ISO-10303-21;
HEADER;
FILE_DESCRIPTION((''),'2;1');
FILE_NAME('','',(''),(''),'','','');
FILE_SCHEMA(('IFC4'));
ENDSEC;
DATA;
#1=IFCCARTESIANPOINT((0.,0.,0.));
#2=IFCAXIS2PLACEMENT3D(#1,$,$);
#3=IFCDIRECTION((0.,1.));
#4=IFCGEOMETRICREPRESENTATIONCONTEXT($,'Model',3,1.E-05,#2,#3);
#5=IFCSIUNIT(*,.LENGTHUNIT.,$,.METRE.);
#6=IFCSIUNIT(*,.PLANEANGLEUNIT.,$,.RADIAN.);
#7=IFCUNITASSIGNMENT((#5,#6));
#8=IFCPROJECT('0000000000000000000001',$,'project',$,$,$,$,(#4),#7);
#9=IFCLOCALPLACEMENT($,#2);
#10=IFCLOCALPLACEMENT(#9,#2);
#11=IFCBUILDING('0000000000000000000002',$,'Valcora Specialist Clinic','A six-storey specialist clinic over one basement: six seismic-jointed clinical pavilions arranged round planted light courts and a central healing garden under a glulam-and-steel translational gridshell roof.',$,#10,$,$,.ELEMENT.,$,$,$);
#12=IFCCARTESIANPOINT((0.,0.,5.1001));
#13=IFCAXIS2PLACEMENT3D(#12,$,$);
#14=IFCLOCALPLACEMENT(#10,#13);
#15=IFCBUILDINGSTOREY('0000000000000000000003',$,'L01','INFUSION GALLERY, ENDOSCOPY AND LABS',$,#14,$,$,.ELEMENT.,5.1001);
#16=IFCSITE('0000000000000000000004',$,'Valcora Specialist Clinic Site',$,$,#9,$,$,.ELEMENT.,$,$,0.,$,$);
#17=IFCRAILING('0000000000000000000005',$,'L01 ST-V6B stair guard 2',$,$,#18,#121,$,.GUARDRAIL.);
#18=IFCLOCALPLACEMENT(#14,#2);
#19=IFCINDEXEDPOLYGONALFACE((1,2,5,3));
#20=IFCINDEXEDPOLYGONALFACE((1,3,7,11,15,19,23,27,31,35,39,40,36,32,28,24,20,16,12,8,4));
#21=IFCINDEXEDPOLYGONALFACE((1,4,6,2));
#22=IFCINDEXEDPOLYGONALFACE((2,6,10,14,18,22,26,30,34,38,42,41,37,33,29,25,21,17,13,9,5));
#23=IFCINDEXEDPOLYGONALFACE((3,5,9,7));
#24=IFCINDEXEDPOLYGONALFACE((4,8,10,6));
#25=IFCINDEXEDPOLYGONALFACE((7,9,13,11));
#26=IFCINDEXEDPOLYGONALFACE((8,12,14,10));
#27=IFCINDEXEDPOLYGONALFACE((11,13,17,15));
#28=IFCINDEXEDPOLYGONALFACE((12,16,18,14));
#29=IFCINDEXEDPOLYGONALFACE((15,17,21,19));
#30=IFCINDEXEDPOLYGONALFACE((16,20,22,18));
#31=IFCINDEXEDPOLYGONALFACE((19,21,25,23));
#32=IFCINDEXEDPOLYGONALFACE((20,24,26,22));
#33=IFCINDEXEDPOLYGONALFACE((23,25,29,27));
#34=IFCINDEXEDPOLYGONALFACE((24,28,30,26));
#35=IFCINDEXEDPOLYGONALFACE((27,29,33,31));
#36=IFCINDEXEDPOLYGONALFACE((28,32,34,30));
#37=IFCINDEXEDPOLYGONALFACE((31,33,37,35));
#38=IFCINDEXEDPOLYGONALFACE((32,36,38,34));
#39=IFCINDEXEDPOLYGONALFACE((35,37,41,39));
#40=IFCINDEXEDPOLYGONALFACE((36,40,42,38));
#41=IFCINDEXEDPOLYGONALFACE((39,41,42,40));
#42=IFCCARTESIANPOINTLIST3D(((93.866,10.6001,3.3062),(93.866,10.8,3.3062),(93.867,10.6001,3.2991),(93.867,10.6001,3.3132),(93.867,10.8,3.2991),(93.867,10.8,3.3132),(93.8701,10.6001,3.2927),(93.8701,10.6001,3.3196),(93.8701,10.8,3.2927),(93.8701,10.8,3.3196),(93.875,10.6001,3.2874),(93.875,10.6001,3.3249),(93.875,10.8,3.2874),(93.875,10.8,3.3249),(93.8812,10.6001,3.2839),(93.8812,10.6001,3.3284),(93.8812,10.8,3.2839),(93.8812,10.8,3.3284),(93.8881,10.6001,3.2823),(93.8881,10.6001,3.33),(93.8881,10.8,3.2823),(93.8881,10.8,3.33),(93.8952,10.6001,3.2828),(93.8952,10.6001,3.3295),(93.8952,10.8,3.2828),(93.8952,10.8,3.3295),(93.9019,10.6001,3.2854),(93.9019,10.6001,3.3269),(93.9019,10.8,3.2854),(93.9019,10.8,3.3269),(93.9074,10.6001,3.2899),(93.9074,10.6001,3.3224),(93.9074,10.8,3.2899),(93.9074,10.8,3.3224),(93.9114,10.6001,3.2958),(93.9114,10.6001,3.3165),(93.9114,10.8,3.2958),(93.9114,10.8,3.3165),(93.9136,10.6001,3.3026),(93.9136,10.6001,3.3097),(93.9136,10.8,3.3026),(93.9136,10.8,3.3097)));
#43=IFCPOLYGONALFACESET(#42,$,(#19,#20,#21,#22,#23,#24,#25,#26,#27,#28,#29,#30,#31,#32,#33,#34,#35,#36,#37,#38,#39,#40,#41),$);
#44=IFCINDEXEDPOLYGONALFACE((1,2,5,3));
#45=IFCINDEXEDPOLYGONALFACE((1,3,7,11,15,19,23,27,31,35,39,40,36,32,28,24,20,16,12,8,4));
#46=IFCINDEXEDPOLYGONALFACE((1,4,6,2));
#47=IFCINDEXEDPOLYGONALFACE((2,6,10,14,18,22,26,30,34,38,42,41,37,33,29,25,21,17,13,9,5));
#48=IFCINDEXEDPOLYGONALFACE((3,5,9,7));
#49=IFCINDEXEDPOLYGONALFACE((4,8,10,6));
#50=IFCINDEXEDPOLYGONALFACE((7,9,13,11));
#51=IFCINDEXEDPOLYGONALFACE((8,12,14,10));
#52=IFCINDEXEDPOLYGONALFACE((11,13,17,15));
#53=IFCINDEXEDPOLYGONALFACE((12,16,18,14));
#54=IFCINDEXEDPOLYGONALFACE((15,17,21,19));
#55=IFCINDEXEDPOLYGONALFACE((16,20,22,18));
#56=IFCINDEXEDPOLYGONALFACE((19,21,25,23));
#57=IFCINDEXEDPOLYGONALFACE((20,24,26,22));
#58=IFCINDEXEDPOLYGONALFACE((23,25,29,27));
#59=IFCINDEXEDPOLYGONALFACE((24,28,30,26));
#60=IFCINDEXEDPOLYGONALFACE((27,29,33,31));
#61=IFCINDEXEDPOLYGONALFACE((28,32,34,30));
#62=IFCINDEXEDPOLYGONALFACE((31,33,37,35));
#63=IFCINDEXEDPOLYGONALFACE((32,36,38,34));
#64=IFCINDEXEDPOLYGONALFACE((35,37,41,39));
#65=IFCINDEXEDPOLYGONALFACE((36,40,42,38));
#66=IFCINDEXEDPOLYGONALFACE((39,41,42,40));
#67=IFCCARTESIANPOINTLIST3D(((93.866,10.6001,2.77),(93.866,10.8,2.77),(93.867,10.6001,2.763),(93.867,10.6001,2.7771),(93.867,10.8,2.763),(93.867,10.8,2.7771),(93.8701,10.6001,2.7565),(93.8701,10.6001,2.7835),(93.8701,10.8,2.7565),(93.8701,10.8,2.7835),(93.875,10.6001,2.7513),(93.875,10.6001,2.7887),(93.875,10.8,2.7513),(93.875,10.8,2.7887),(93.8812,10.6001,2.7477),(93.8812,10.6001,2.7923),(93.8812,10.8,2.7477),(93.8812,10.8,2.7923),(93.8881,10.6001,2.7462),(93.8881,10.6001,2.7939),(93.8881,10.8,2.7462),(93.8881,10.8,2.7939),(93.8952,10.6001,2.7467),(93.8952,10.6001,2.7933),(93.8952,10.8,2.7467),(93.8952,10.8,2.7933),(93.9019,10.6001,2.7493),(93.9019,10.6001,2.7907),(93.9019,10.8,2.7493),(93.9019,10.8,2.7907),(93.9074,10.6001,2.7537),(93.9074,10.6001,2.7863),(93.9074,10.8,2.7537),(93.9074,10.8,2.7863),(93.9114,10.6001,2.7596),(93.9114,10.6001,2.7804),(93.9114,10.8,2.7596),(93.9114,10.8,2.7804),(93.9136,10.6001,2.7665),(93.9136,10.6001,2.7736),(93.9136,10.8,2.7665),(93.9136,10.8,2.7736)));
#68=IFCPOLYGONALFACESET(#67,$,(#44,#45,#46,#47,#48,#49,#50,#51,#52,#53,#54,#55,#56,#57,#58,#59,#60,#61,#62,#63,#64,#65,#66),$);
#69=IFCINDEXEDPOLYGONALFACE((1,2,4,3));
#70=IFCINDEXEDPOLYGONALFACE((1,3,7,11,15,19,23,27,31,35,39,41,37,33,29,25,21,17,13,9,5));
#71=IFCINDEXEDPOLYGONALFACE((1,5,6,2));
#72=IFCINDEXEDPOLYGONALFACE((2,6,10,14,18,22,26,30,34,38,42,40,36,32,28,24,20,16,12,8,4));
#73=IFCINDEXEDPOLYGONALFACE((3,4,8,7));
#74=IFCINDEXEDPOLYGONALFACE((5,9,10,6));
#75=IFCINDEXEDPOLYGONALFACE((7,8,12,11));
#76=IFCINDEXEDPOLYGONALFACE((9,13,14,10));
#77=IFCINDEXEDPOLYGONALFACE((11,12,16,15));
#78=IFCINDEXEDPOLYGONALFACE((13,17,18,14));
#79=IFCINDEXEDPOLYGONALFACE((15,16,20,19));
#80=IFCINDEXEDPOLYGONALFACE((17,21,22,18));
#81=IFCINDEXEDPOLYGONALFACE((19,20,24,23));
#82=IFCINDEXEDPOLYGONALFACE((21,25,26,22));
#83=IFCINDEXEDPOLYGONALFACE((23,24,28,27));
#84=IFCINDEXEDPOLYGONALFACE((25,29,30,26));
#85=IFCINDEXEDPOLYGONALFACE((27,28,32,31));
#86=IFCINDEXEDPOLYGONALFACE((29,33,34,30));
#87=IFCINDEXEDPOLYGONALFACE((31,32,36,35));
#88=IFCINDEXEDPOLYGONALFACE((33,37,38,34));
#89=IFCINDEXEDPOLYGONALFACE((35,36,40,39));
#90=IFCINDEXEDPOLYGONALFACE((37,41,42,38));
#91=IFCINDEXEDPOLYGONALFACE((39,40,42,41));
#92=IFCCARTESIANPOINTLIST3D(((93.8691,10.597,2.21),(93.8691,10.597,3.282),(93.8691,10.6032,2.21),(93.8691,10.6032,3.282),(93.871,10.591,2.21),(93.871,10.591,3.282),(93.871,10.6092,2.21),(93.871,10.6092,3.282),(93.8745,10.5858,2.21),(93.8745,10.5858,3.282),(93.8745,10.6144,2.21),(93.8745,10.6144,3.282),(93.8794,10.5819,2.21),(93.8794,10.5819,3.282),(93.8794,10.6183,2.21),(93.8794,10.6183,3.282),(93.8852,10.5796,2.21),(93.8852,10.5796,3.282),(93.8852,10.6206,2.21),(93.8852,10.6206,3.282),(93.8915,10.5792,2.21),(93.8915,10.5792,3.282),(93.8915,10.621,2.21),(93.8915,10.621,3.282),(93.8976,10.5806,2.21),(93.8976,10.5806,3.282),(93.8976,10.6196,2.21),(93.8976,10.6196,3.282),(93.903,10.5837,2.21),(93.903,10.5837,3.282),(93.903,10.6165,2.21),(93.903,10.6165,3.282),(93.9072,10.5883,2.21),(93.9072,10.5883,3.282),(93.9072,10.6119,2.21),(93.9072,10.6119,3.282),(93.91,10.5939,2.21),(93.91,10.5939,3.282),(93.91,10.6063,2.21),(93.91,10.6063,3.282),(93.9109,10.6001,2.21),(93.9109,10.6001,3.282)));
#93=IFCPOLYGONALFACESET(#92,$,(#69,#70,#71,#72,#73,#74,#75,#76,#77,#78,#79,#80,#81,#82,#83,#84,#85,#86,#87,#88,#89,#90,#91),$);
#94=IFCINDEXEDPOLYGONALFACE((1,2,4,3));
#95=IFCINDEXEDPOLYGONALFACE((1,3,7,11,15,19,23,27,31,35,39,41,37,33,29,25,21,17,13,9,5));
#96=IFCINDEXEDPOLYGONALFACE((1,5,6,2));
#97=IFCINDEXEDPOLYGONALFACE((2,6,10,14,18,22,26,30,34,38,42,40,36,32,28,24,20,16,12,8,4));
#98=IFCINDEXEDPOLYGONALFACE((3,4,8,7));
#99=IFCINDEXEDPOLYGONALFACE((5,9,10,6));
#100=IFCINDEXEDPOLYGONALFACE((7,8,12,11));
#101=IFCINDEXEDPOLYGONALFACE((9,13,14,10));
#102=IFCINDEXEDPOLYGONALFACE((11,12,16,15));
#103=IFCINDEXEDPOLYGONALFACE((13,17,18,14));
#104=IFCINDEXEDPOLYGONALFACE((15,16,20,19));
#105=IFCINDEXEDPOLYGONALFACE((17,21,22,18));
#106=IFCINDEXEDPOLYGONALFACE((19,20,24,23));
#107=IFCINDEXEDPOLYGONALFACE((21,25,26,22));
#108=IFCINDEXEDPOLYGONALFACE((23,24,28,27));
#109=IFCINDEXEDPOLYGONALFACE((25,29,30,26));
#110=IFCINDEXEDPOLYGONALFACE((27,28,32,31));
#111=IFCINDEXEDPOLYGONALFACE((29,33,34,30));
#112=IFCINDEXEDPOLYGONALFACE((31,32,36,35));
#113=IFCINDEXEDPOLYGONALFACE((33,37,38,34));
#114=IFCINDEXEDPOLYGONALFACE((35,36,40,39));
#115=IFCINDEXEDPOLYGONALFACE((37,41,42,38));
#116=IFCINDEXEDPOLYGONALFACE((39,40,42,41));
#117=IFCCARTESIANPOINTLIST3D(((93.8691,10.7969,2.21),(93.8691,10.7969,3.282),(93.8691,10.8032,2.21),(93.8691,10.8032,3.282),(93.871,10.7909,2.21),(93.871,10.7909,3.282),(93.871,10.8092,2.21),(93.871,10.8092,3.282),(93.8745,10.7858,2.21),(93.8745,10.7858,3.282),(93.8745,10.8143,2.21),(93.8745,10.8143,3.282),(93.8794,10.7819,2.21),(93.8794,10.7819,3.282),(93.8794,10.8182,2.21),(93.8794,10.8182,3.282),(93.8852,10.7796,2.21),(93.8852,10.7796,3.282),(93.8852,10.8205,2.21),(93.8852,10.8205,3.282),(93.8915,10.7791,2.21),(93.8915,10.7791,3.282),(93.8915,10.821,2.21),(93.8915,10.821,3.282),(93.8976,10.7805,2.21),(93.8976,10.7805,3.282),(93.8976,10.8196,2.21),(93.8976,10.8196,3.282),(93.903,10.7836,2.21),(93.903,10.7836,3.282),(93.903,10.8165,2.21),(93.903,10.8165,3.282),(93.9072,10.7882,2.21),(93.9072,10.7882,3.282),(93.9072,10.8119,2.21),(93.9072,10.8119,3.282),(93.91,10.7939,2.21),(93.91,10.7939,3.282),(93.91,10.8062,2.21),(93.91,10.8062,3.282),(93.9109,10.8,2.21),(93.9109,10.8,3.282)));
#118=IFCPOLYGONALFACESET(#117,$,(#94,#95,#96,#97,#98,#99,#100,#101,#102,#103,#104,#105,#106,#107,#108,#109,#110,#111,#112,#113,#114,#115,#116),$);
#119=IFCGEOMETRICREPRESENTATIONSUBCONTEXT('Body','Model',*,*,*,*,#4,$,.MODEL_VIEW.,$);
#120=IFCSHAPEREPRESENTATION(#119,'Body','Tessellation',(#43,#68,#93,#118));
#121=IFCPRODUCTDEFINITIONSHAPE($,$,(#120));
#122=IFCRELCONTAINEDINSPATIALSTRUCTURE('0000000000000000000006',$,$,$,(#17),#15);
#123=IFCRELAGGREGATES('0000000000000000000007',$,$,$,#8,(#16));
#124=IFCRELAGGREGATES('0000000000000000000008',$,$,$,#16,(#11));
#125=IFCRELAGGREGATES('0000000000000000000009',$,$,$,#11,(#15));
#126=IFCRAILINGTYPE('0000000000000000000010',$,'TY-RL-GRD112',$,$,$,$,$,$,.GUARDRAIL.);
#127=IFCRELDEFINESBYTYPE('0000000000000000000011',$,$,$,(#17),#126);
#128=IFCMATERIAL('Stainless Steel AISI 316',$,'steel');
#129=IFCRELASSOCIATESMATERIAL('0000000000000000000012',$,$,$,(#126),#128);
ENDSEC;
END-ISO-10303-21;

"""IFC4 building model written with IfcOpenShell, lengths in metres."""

from ifc_helpers import new_model, si_unit, direction, frame, origin, origin_2d, place, context, subcontext, project, spatial, circle, extrude, material, type_object, element, save


model = new_model("IFC4")

# Units and contexts
model_context = context("Model", 3, precision=1e-05, world=origin(), true_north=direction((0.0, 1.0)))
body_context = subcontext(model_context, "Body", "Model", "MODEL_VIEW")
ifc_project = project(units=[si_unit("LENGTHUNIT", "METRE"), si_unit("PLANEANGLEUNIT", "RADIAN")], contexts=[model_context])

# Site, building, storey
site_placement = place(None, origin())
site = spatial("IfcSite", under=ifc_project, at=site_placement, Name="Valcora Specialist Clinic Site", CompositionType="ELEMENT", RefElevation=0.0)
building_placement = place(site_placement, origin())
building = spatial("IfcBuilding", under=site, at=building_placement, Name="Valcora Specialist Clinic", Description="A six-storey specialist clinic over one basement: six seismic-jointed clinical pavilions arranged round planted light courts and a central healing garden under a glulam-and-steel translational gridshell roof.", CompositionType="ELEMENT")
storey_placement = place(building_placement, frame((0.0, 0.0, 5.1001)))
storey = spatial("IfcBuildingStorey", under=building, at=storey_placement, Name="L01", Description="INFUSION GALLERY, ENDOSCOPY AND LABS", CompositionType="ELEMENT", Elevation=5.1001)

# Shared definitions
ifc_material_1 = material(Name="Stainless Steel AISI 316", Category="steel")

# Railing
railing_type_1 = type_object("IfcRailingType", Name="TY-RL-GRD112", PredefinedType="GUARDRAIL", material=ifc_material_1)
railing_1_placement = place(storey_placement, frame((93.8899, 10.6001, 2.21)))
element("IfcRailing", 1, at=railing_1_placement, inside=storey, type_object=railing_type_1, Name="L01 ST-V6B stair guard 2", PredefinedType="GUARDRAIL", context=body_context, shape_type="SweptSolid", body=[
    extrude(circle(Radius=0.0239, at=origin_2d()), frame((0.0, 0.0, 1.0962), z_axis=(0.0, 1.0, 0.0), x_axis=(-1.0, 0.0, 0.0)), (0.0, 0.0, 1.0), 0.2),
    extrude(circle(Radius=0.0239, at=origin_2d()), frame((0.0, 0.0, 0.5601), z_axis=(0.0, 1.0, 0.0), x_axis=(-1.0, 0.0, 0.0)), (0.0, 0.0, 1.0), 0.2),
    extrude(circle(Radius=0.021, at=origin_2d()), origin(), (0.0, 0.0, 1.0), 1.072),
    extrude(circle(Radius=0.021, at=origin_2d()), frame((0.0, 0.2, 0.0)), (0.0, 0.0, 1.0), 1.072),
])

save(model, "model.ifc")
